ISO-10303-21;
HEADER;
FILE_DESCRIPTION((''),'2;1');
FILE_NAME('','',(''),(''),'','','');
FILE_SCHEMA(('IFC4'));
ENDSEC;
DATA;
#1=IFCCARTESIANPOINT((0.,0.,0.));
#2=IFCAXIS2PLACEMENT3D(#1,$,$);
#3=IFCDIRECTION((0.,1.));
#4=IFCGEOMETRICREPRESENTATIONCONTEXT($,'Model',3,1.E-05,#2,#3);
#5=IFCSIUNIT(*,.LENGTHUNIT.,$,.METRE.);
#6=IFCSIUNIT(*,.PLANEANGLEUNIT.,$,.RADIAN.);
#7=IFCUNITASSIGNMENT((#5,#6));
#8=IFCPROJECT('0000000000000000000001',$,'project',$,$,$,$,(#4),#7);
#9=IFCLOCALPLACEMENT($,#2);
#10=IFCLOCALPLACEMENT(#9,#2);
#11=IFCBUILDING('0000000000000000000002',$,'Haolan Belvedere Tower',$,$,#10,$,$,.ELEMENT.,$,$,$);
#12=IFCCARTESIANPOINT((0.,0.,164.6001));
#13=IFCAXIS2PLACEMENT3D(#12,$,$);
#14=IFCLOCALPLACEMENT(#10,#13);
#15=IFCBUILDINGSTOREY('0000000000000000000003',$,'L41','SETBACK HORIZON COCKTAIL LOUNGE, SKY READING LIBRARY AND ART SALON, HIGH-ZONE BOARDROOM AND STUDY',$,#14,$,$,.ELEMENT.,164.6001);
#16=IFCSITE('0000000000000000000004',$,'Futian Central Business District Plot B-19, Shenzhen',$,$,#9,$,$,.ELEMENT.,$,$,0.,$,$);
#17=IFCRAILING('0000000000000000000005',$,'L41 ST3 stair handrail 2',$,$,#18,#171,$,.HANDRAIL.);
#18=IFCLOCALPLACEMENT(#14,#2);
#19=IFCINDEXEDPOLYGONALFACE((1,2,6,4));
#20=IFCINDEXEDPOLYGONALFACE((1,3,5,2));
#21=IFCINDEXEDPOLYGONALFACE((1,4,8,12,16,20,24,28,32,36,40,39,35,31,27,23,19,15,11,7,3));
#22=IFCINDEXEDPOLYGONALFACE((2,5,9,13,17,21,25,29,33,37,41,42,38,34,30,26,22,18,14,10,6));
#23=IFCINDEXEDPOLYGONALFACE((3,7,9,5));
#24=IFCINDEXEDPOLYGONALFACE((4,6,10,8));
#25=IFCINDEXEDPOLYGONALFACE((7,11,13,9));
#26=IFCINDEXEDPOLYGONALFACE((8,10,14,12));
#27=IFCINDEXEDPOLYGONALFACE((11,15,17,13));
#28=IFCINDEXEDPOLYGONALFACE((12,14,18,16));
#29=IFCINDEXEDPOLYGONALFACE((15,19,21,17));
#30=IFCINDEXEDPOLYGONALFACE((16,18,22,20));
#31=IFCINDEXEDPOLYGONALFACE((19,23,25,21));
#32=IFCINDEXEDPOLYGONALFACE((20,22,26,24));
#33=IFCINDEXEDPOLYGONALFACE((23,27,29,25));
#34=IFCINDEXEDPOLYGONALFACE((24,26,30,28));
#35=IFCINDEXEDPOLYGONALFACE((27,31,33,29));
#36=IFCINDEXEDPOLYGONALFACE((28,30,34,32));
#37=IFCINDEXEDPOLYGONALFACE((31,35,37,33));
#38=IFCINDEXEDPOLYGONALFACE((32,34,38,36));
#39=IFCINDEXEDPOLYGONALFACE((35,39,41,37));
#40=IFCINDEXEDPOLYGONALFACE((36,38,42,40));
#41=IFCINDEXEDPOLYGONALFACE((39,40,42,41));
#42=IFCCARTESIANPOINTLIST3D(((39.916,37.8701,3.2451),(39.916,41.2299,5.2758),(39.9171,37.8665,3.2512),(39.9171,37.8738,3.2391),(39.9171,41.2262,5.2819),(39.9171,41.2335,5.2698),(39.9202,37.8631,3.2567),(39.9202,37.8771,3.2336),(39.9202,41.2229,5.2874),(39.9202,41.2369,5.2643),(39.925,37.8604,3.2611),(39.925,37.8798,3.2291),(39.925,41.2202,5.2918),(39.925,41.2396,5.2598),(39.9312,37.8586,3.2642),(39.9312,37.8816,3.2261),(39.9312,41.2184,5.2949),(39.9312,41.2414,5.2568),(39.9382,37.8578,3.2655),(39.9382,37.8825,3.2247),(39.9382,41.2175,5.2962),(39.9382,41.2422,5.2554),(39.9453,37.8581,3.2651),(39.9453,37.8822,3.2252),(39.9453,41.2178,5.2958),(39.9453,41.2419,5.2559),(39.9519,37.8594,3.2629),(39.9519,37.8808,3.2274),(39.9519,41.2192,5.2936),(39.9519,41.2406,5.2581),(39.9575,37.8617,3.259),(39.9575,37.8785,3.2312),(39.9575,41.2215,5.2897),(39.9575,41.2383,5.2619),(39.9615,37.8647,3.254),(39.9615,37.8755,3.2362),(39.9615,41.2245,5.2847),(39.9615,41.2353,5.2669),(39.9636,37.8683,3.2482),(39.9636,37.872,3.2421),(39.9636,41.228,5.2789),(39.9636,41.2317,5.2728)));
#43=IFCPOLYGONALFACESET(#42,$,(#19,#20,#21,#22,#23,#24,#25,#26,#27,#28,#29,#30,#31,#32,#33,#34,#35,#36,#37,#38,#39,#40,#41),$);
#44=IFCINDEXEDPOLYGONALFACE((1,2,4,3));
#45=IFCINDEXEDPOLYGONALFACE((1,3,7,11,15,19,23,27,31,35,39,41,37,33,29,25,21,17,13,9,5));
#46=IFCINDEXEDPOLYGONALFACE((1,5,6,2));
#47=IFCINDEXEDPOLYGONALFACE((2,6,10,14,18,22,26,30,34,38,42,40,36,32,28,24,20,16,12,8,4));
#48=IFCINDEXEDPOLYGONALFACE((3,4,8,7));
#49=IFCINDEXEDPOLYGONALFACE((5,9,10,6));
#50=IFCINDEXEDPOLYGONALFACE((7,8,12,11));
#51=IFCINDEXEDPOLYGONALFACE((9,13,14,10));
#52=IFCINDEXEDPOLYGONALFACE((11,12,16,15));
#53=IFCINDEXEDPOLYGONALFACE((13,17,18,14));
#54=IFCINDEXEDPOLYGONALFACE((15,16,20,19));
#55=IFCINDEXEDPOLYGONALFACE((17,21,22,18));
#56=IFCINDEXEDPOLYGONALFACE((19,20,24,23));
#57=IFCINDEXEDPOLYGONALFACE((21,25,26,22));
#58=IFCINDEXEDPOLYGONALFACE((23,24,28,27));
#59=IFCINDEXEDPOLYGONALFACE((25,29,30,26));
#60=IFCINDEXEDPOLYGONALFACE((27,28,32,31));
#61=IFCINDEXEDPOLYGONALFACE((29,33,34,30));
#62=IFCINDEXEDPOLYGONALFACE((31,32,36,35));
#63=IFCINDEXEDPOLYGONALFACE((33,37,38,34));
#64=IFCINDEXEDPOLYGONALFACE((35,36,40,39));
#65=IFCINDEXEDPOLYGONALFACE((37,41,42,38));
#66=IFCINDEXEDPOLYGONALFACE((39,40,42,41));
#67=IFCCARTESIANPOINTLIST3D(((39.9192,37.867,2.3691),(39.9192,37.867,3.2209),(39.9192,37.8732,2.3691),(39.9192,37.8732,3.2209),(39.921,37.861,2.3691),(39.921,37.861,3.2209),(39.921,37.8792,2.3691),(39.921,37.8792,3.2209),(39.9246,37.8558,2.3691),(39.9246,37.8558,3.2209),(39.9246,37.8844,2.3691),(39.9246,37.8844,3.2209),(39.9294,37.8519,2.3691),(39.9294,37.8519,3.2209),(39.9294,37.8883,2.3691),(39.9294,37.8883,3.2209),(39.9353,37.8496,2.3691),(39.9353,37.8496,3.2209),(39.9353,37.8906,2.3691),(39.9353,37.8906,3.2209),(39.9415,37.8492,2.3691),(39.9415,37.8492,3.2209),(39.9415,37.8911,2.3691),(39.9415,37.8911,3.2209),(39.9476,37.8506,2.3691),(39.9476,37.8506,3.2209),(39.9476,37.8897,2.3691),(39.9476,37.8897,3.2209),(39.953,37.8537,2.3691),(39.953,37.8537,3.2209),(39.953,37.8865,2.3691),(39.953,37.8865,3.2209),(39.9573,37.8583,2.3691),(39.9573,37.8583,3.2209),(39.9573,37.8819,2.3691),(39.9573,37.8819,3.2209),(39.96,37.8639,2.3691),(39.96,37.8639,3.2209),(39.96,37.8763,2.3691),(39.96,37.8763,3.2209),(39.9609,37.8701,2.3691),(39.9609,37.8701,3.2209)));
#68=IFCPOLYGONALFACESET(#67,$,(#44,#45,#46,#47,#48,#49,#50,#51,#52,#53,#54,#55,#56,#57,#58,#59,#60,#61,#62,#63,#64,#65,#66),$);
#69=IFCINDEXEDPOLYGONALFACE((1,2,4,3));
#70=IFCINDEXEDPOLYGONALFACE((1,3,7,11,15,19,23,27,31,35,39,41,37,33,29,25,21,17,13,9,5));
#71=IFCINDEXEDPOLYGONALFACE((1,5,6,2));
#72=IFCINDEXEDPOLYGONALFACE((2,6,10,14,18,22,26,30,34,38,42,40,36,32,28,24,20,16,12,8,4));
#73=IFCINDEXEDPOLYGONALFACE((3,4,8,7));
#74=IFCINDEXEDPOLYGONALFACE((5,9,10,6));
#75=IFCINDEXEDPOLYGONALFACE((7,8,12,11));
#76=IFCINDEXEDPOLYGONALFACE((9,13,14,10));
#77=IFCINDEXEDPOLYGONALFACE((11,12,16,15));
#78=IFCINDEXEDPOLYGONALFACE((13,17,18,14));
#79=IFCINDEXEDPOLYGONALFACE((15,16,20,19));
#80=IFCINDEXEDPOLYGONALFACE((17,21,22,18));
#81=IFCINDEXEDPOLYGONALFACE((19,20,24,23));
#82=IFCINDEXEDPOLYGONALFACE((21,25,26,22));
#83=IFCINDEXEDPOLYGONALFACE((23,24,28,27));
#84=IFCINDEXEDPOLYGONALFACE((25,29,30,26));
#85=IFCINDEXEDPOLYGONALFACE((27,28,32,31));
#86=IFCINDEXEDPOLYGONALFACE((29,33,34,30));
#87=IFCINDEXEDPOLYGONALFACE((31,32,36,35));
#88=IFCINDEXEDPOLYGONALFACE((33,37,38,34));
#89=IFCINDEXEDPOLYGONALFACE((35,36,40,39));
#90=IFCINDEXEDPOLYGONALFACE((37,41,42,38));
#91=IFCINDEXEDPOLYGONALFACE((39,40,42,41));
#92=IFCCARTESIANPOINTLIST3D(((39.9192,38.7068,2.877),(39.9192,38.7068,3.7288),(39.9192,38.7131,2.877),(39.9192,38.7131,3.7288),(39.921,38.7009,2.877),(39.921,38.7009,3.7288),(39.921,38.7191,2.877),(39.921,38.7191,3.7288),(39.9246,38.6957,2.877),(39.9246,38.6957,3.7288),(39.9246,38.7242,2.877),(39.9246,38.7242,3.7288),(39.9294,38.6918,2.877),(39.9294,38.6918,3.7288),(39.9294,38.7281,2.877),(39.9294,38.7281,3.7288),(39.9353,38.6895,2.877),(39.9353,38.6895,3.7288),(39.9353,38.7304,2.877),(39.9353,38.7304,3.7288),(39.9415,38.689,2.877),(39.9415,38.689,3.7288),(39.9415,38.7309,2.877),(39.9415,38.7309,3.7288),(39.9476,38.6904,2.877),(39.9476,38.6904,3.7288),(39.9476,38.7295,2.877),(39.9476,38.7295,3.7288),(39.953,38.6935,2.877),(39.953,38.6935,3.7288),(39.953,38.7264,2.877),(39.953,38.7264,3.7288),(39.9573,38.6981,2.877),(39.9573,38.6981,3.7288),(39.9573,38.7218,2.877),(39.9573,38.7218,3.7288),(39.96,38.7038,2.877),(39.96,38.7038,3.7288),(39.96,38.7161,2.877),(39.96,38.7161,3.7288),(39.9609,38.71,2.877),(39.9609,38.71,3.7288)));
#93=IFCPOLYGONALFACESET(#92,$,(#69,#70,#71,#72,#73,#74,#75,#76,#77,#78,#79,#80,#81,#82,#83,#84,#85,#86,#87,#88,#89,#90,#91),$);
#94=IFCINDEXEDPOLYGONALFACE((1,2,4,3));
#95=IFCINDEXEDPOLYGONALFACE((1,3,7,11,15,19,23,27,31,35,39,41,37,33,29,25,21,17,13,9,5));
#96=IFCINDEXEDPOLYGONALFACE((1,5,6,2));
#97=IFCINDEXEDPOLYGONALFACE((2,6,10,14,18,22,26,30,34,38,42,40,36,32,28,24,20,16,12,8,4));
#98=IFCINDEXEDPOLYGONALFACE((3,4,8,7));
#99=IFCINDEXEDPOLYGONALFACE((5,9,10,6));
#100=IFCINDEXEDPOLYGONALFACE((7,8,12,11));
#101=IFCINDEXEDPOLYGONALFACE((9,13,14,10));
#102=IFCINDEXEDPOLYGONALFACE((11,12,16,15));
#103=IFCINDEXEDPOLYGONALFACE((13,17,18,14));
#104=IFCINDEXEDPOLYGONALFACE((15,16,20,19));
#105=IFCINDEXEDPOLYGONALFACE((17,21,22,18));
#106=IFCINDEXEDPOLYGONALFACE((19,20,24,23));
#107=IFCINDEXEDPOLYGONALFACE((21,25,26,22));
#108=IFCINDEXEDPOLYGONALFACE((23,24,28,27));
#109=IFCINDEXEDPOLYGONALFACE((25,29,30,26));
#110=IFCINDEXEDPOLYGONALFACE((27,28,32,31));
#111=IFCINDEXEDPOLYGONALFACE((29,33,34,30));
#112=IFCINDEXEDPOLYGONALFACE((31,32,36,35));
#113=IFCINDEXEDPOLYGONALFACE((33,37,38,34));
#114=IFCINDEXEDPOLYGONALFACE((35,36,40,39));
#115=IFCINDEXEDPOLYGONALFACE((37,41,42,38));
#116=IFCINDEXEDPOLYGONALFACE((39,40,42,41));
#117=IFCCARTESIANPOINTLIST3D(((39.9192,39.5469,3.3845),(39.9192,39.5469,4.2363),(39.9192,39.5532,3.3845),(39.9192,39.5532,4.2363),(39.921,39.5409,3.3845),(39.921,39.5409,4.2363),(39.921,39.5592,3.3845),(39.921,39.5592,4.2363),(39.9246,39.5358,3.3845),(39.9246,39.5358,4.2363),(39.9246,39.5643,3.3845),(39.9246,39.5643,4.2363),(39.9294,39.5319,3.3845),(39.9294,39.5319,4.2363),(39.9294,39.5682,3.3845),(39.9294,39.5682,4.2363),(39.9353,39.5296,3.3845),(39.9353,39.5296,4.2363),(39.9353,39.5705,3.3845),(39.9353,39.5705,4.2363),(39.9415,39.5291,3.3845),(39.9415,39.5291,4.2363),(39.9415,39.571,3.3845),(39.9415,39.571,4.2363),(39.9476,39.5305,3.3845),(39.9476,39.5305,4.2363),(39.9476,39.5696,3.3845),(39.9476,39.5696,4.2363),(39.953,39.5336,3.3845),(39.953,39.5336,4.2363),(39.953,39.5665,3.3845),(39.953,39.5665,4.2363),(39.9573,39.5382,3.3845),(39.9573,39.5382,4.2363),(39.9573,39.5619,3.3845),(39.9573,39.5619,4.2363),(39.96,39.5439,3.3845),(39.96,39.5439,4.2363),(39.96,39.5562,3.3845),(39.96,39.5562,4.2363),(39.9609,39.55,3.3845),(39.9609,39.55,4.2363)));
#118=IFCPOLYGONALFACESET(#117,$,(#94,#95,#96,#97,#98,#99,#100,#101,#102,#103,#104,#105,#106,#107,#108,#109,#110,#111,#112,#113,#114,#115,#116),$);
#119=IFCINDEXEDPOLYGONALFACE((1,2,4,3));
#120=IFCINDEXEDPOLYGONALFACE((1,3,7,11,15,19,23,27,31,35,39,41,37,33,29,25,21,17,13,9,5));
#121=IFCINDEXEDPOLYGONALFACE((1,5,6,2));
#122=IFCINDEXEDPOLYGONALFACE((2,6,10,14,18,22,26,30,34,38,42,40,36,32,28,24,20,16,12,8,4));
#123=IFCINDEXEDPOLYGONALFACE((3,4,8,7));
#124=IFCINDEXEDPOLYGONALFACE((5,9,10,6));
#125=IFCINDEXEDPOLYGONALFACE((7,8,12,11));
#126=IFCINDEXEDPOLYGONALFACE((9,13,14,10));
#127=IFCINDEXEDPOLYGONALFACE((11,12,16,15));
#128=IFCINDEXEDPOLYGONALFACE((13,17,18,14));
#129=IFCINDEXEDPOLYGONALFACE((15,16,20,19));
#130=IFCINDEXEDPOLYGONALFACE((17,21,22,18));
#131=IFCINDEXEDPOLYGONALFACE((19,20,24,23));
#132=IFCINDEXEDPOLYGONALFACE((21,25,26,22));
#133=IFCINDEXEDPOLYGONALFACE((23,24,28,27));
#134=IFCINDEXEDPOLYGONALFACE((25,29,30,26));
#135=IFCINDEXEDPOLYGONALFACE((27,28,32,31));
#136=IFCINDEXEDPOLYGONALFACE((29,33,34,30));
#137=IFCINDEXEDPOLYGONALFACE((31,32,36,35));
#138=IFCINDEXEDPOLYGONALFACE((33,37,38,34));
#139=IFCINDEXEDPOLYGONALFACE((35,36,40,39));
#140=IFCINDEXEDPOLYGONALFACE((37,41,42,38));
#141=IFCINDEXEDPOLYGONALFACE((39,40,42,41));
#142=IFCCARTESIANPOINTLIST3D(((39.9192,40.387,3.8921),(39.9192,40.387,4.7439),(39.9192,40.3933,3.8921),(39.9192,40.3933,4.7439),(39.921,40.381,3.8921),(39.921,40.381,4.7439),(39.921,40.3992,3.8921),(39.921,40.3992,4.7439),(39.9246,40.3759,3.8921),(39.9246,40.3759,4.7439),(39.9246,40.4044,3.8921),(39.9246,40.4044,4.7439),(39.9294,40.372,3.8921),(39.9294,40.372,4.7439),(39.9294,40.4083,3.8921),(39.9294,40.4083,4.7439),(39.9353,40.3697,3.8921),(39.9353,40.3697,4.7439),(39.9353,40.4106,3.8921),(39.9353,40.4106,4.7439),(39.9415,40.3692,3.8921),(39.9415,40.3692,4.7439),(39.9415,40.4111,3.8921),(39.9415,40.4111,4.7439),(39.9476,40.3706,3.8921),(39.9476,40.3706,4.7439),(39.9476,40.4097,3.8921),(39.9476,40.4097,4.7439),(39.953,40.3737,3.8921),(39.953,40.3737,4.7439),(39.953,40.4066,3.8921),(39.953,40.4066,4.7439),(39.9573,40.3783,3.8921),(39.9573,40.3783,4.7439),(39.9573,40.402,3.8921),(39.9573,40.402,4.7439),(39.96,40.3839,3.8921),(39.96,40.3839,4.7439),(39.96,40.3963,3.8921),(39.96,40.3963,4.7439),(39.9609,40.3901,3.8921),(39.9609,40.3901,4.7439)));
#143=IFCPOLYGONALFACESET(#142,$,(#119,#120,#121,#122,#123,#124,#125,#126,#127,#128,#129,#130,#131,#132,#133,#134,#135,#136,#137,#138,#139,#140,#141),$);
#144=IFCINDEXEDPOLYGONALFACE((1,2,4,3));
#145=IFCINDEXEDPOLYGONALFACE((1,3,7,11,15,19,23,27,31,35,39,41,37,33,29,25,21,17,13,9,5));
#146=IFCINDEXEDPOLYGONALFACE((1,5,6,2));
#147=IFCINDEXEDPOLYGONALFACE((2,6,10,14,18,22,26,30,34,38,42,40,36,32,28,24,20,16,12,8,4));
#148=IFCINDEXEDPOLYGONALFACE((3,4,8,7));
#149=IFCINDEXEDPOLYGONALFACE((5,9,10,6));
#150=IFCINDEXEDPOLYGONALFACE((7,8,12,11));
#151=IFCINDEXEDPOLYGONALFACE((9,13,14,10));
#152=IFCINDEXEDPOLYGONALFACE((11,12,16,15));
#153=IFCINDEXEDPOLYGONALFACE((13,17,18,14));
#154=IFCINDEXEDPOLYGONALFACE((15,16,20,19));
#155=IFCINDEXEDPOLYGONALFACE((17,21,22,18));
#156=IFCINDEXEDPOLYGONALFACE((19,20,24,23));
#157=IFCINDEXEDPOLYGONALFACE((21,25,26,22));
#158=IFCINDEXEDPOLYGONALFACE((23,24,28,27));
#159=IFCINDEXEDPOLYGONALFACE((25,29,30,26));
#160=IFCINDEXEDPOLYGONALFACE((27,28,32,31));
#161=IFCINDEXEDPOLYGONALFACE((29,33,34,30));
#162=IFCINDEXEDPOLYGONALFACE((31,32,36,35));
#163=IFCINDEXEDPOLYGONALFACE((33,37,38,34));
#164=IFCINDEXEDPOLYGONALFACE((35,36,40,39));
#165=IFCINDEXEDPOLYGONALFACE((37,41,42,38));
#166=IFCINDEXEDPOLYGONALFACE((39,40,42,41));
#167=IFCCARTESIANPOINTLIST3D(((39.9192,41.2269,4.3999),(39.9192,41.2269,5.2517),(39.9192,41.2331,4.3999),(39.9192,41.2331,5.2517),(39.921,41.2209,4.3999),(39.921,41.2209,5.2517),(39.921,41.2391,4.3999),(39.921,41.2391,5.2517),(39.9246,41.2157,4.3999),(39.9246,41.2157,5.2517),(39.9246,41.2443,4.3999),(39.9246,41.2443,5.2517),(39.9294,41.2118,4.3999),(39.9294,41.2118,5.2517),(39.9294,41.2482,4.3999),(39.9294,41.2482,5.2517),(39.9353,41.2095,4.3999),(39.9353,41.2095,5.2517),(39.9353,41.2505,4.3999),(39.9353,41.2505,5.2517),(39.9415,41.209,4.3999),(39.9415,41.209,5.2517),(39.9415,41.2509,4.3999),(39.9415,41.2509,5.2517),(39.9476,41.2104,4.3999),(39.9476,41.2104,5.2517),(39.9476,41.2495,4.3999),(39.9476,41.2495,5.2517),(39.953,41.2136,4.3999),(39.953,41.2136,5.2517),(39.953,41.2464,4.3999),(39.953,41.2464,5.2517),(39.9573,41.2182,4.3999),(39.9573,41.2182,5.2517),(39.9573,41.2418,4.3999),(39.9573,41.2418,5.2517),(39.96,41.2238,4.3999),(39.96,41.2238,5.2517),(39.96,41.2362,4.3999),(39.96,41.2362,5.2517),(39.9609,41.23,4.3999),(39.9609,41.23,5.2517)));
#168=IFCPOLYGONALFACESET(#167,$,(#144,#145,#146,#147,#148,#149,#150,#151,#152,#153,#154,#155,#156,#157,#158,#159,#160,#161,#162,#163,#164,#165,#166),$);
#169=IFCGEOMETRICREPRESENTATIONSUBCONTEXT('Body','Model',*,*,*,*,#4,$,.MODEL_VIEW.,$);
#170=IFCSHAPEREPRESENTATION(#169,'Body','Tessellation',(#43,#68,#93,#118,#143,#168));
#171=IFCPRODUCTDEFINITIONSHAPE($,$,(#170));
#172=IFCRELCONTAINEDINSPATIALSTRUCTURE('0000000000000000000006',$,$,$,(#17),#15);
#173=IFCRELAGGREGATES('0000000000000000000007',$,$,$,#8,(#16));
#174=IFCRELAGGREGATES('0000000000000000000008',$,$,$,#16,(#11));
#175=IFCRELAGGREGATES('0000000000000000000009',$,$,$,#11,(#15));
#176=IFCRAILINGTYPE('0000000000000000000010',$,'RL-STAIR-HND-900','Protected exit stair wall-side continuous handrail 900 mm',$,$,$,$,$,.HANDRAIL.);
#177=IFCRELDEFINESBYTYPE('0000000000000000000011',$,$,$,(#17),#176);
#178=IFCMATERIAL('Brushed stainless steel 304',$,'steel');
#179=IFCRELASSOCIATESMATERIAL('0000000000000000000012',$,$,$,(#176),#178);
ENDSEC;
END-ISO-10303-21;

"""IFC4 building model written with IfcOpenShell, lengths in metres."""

from ifc_helpers import new_model, si_unit, direction, frame, origin, origin_2d, place, context, subcontext, project, spatial, circle, extrude, material, type_object, element, save


model = new_model("IFC4")

# Units and contexts
model_context = context("Model", 3, precision=1e-05, world=origin(), true_north=direction((0.0, 1.0)))
body_context = subcontext(model_context, "Body", "Model", "MODEL_VIEW")
ifc_project = project(units=[si_unit("LENGTHUNIT", "METRE"), si_unit("PLANEANGLEUNIT", "RADIAN")], contexts=[model_context])

# Site, building, storey
site_placement = place(None, origin())
site = spatial("IfcSite", under=ifc_project, at=site_placement, Name="Futian Central Business District Plot B-19, Shenzhen", CompositionType="ELEMENT", RefElevation=0.0)
building_placement = place(site_placement, origin())
building = spatial("IfcBuilding", under=site, at=building_placement, Name="Haolan Belvedere Tower", CompositionType="ELEMENT")
storey_placement = place(building_placement, frame((0.0, 0.0, 164.6001)))
storey = spatial("IfcBuildingStorey", under=building, at=storey_placement, Name="L41", Description="SETBACK HORIZON COCKTAIL LOUNGE, SKY READING LIBRARY AND ART SALON, HIGH-ZONE BOARDROOM AND STUDY", CompositionType="ELEMENT", Elevation=164.6001)

# Railing
ifc_material_1 = material(Name="Brushed stainless steel 304", Category="steel")
railing_type_1 = type_object("IfcRailingType", Name="RL-STAIR-HND-900", Description="Protected exit stair wall-side continuous handrail 900 mm", PredefinedType="HANDRAIL", material=ifc_material_1)
for number, where, name in (
    (1, (39.9399, 37.8701, 2.3691), "L41 ST3 stair handrail 2"),
):
    element("IfcRailing", number, at=place(storey_placement, frame(where)), inside=storey, type_object=railing_type_1, Name=name, PredefinedType="HANDRAIL", context=body_context, shape_type="SweptSolid", body=[
        extrude(circle(Radius=0.0239, at=origin_2d()), frame((0.0, 0.0, 0.876), z_axis=(0.0, 0.85582, 0.517273), x_axis=(-1.0, 0.0, 0.0)), (0.0, 0.0, 1.0), 3.9258),
        extrude(circle(Radius=0.021, at=origin_2d()), origin(), (0.0, 0.0, 1.0), 0.8518),
        extrude(circle(Radius=0.021, at=origin_2d()), frame((0.0, 0.8398, 0.5078)), (0.0, 0.0, 1.0), 0.8518),
        extrude(circle(Radius=0.021, at=origin_2d()), frame((0.0, 1.6799, 1.0154)), (0.0, 0.0, 1.0), 0.8518),
        extrude(circle(Radius=0.021, at=origin_2d()), frame((0.0, 2.52, 1.5229)), (0.0, 0.0, 1.0), 0.8518),
        extrude(circle(Radius=0.021, at=origin_2d()), frame((0.0, 3.3599, 2.0308)), (0.0, 0.0, 1.0), 0.8518),
    ])

save(model, "model.ifc")
